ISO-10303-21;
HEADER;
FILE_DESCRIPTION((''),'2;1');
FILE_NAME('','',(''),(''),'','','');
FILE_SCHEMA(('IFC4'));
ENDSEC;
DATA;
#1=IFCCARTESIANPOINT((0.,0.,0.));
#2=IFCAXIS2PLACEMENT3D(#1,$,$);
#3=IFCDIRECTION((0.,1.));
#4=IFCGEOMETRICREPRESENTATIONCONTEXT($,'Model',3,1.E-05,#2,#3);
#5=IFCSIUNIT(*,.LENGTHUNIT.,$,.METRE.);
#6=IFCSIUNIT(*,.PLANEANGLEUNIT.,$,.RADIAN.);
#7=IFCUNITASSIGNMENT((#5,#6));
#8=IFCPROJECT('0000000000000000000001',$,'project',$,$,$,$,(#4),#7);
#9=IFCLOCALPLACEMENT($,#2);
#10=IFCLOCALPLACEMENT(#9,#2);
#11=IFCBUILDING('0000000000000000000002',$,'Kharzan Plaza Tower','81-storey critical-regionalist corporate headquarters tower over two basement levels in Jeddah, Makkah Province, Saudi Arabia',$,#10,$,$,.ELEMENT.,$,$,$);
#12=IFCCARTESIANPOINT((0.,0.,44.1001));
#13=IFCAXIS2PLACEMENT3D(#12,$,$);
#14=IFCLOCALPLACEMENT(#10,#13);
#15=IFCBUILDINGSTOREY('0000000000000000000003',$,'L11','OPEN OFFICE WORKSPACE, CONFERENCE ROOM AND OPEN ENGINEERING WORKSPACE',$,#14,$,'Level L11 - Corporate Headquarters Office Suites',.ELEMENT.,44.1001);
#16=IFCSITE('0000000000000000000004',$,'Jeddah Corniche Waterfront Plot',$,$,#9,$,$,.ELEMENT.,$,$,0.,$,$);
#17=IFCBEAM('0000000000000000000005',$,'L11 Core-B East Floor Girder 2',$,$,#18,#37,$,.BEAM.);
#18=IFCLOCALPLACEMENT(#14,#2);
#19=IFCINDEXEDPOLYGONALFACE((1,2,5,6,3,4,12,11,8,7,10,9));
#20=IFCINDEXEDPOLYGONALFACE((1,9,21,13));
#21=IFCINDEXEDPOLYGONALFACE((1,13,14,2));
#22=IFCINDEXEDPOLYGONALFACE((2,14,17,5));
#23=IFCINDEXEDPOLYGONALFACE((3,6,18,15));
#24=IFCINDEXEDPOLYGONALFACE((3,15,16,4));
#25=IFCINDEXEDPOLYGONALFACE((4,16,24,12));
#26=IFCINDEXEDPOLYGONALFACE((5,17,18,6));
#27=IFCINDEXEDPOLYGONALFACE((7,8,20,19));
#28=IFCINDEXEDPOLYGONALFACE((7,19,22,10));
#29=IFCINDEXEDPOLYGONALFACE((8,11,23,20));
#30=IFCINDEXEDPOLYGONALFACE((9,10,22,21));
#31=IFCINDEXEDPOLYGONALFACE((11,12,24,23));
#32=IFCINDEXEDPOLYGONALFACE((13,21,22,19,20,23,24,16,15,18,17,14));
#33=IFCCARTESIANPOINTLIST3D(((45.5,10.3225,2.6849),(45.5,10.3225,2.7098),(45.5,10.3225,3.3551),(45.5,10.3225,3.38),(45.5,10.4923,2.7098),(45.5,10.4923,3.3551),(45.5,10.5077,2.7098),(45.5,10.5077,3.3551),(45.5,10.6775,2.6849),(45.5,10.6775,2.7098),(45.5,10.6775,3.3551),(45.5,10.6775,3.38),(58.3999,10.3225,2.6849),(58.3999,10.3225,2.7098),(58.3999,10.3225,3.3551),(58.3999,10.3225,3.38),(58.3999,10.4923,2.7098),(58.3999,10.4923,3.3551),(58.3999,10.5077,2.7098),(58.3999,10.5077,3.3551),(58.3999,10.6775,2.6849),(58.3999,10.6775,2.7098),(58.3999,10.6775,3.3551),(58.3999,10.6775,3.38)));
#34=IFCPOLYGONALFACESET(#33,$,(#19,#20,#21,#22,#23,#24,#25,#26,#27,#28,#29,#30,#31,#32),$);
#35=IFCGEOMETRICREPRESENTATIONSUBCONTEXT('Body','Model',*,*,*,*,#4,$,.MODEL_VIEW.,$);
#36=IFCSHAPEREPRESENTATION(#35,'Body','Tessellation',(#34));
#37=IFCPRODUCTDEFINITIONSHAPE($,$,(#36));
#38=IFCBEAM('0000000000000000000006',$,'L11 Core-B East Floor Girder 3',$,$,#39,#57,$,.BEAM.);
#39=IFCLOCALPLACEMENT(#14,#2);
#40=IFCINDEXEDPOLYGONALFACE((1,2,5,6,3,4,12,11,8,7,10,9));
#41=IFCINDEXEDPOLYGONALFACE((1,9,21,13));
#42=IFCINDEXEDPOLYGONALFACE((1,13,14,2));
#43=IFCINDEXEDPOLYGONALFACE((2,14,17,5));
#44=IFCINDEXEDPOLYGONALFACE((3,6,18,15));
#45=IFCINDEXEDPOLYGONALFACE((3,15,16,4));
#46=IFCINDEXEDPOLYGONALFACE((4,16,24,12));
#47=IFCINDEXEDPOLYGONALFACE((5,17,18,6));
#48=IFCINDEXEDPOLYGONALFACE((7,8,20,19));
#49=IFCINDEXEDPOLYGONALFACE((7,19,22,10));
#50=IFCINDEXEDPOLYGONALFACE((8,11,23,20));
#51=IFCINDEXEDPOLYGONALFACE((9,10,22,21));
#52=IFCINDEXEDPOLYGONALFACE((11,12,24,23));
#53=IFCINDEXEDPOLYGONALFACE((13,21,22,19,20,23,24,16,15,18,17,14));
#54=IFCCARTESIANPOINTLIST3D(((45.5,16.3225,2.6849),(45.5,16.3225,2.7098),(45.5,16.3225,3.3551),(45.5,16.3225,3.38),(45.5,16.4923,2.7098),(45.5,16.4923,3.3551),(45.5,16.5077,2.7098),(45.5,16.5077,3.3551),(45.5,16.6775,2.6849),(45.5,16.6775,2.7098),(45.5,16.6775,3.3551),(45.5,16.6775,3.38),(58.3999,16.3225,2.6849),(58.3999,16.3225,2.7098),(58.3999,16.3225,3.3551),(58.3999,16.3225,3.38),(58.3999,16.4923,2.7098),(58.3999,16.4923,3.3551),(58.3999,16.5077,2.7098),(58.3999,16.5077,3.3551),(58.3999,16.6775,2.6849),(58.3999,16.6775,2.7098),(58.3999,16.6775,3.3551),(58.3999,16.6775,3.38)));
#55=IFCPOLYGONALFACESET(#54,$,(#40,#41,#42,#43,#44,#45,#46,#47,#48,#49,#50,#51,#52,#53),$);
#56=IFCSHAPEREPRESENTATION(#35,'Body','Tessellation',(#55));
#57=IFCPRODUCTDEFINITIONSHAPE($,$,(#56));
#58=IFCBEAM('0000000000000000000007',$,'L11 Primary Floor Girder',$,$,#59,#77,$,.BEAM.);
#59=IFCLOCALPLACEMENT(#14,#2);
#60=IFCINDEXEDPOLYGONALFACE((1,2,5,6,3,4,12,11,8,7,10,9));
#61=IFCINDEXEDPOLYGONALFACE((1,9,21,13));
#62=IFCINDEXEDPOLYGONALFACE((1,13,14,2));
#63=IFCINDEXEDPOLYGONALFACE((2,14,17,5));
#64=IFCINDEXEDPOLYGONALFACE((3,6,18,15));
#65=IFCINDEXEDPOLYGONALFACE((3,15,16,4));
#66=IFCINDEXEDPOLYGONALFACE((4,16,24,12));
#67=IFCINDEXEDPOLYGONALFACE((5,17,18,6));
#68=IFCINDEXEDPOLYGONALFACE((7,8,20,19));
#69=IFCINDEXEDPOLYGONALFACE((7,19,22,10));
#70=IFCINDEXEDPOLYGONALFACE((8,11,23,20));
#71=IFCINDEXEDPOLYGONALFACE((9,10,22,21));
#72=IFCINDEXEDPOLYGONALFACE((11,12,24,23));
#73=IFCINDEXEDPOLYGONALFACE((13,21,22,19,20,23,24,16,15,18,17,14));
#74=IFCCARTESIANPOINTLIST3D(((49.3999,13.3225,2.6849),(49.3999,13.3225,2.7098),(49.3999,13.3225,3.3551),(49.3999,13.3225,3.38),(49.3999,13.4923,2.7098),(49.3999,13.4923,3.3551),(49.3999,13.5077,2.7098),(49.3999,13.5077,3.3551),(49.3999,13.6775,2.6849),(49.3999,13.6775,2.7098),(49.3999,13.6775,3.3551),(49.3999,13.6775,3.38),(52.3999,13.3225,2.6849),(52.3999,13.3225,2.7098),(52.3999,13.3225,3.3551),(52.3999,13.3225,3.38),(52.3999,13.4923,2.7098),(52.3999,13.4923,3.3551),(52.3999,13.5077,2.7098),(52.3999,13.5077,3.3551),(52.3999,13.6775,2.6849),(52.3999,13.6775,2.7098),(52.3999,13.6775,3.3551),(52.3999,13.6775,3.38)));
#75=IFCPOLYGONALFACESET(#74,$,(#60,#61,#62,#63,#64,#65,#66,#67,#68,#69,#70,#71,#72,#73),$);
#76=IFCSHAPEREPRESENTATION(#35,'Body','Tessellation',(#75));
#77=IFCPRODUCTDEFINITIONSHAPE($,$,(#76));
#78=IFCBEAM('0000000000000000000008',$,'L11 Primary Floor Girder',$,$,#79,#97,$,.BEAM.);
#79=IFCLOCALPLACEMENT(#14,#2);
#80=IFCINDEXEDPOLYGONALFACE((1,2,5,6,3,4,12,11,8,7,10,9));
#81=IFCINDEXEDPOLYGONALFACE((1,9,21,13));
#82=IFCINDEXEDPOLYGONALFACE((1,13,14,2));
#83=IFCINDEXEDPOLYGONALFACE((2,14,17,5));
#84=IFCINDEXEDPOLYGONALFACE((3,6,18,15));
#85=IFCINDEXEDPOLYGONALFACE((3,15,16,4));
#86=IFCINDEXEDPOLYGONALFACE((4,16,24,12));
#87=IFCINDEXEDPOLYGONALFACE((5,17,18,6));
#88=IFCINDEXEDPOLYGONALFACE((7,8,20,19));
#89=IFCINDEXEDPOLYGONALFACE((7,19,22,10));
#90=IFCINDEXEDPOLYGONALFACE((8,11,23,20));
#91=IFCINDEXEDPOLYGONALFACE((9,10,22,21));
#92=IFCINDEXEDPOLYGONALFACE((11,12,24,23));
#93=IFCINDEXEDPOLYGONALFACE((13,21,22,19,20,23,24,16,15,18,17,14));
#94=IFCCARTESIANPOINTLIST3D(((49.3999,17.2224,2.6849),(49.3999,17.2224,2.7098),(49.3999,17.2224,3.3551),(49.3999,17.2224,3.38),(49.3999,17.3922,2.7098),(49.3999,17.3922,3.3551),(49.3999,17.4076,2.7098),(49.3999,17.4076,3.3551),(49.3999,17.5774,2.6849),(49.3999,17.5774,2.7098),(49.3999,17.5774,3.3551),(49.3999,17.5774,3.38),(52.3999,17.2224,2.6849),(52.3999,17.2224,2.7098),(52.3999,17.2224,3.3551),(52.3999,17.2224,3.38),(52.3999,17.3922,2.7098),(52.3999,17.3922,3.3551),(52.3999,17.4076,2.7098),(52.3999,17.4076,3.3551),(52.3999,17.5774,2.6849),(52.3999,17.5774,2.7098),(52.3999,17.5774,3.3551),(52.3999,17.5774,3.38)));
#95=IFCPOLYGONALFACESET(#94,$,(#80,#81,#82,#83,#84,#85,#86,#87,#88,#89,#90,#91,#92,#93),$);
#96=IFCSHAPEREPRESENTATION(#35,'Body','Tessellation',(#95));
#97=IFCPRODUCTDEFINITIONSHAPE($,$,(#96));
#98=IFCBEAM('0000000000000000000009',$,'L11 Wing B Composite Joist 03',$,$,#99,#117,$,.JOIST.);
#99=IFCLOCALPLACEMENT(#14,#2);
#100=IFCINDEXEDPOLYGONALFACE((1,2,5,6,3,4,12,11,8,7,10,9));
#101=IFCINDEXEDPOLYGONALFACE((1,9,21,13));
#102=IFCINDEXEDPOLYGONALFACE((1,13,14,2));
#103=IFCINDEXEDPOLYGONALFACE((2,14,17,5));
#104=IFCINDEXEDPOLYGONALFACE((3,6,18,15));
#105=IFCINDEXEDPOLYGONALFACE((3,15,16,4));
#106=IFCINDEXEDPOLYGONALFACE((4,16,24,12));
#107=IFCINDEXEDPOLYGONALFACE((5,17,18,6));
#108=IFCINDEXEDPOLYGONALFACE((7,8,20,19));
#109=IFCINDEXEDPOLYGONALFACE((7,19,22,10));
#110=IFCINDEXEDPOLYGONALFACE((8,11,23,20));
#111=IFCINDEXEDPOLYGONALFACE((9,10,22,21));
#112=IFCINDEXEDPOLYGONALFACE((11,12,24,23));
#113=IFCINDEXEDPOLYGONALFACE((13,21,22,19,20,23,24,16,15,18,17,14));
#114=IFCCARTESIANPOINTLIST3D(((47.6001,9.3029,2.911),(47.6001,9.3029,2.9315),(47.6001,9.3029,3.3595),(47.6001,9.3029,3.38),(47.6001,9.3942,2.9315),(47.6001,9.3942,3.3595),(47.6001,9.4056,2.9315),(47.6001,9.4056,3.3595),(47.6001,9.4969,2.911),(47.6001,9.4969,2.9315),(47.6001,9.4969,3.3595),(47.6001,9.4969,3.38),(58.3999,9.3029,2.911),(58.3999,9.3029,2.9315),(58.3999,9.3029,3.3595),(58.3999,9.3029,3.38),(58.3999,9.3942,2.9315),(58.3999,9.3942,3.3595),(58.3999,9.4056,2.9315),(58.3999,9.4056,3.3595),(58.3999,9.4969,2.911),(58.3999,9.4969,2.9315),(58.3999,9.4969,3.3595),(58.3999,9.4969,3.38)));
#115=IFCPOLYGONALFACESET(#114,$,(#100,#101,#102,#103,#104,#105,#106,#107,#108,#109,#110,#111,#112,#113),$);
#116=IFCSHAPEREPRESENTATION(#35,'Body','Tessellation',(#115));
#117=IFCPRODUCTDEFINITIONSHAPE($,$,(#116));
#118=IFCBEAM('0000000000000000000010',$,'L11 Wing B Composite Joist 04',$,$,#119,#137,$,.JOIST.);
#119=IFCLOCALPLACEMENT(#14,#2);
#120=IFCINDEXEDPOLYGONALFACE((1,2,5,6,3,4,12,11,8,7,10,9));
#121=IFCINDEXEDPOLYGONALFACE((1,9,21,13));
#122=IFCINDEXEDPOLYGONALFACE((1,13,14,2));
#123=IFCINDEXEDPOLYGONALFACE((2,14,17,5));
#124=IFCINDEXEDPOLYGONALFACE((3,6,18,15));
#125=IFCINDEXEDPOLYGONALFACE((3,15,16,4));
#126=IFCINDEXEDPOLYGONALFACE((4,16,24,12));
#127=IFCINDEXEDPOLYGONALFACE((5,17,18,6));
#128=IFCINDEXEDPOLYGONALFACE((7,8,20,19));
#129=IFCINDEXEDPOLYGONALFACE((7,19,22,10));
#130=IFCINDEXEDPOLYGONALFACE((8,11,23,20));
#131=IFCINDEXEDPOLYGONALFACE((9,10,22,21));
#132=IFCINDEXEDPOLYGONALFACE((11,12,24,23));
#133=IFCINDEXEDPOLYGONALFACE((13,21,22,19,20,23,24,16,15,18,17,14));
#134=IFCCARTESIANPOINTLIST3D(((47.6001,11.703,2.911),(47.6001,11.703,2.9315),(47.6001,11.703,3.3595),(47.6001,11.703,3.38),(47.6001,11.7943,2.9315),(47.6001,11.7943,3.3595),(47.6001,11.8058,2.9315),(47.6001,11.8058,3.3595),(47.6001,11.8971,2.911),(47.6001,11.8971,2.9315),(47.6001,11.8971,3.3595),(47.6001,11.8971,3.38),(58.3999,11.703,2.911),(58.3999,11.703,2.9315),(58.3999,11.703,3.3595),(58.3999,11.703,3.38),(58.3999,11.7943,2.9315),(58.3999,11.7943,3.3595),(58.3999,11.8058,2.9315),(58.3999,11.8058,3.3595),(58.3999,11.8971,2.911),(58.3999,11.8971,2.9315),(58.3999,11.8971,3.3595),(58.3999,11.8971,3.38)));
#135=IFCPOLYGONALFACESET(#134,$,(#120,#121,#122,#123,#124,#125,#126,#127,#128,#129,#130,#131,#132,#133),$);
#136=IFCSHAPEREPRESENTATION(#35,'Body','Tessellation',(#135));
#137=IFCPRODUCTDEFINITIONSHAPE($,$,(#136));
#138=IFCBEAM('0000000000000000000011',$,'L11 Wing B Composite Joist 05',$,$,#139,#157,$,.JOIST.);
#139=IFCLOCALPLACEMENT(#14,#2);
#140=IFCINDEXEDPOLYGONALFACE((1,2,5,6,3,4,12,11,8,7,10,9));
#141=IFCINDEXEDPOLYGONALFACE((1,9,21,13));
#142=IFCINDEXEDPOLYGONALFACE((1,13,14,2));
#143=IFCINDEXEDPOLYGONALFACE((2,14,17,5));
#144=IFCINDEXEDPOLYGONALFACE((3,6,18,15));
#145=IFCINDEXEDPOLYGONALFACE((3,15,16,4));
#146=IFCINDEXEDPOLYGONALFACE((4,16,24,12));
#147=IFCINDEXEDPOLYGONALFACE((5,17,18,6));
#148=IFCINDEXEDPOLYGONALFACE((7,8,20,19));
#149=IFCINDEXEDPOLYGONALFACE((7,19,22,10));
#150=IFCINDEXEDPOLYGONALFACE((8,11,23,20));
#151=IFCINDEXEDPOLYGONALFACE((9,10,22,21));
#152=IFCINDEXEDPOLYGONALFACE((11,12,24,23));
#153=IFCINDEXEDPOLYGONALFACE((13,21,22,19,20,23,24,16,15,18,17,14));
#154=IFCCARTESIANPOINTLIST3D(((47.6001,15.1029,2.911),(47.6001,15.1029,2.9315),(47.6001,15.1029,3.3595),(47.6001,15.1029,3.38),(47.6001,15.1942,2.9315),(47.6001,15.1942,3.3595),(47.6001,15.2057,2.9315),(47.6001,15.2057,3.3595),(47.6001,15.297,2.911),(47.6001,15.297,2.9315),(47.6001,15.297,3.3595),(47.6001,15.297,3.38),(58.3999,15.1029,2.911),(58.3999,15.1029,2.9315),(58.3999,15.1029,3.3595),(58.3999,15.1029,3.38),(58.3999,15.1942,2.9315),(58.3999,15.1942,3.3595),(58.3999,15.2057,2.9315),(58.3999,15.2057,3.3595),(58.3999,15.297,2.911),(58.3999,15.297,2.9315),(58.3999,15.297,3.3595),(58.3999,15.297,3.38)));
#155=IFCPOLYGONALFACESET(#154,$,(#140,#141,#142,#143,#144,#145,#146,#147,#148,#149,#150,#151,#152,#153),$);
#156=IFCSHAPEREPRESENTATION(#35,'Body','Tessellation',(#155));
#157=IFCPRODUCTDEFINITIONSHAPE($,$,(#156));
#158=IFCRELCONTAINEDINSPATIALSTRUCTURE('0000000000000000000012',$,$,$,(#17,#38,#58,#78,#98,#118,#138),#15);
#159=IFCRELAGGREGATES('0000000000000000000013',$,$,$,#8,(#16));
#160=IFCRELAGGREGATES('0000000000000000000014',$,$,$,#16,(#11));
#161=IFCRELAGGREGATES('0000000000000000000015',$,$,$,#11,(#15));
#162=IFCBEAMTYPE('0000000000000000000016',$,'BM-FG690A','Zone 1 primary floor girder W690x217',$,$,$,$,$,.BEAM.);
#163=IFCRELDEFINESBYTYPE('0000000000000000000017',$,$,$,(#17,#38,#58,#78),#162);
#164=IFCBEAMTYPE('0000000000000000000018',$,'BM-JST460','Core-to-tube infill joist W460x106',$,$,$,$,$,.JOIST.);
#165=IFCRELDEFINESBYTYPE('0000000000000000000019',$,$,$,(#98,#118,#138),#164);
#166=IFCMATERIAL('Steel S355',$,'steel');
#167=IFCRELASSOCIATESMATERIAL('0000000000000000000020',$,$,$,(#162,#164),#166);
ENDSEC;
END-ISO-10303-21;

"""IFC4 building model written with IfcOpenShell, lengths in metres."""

from ifc_helpers import new_model, si_unit, direction, frame, origin, origin_2d, place, context, subcontext, project, spatial, i_section, extrude, source, transform, mapped, material, material_profile, profile_set, type_object, element, save


model = new_model("IFC4")

# Units and contexts
model_context = context("Model", 3, precision=1e-05, world=origin(), true_north=direction((0.0, 1.0)))
body_context = subcontext(model_context, "Body", "Model", "MODEL_VIEW")
ifc_project = project(units=[si_unit("LENGTHUNIT", "METRE"), si_unit("PLANEANGLEUNIT", "RADIAN")], contexts=[model_context])

# Site, building, storey
site_placement = place(None, origin())
site = spatial("IfcSite", under=ifc_project, at=site_placement, Name="Jeddah Corniche Waterfront Plot", CompositionType="ELEMENT", RefElevation=0.0)
building_placement = place(site_placement, origin())
building = spatial("IfcBuilding", under=site, at=building_placement, Name="Kharzan Plaza Tower", Description="81-storey critical-regionalist corporate headquarters tower over two basement levels in Jeddah, Makkah Province, Saudi Arabia", CompositionType="ELEMENT")
storey_placement = place(building_placement, frame((0.0, 0.0, 44.1001)))
storey = spatial("IfcBuildingStorey", under=building, at=storey_placement, Name="L11", Description="OPEN OFFICE WORKSPACE, CONFERENCE ROOM AND OPEN ENGINEERING WORKSPACE", LongName="Level L11 - Corporate Headquarters Office Suites", CompositionType="ELEMENT", Elevation=44.1001)

# Beams
ifc_material_1 = material(Name="Steel S355", Category="steel")
ifc_material_profile_1 = material_profile(ifc_material_1, i_section(OverallWidth=0.355, OverallDepth=0.6951, WebThickness=0.0154, FlangeThickness=0.0249, at=origin_2d()), Name="W690x217")
ifc_profile_set_1 = profile_set([ifc_material_profile_1], Name="Steel S355")
beam_type_1 = type_object("IfcBeamType", Name="BM-FG690A", Description="Zone 1 primary floor girder W690x217", PredefinedType="BEAM", material=ifc_profile_set_1)
shared_shape_1 = source(origin(), body_context, "Body", "SweptSolid", [
    extrude(i_section(OverallWidth=0.355, OverallDepth=0.6951, WebThickness=0.0154, FlangeThickness=0.0249, at=origin_2d()), origin(), (0.0, 0.0, 1.0), 12.8999),
])
for number, where, z_axis, x_axis, name in (
    (1, (45.5, 10.5, 3.0325), (1.0, 0.0, 0.0), (0.0, 1.0, 0.0), "L11 Core-B East Floor Girder 2"),
    (2, (45.5, 16.5, 3.0325), (1.0, 0.0, 0.0), (0.0, 1.0, 0.0), "L11 Core-B East Floor Girder 3"),
):
    element("IfcBeam", number, at=place(storey_placement, frame(where, z_axis=z_axis, x_axis=x_axis)), inside=storey, type_object=beam_type_1, Name=name, PredefinedType="BEAM", context=body_context, shape_type="MappedRepresentation", body=[
        mapped(shared_shape_1, transform((0.0, 0.0, 0.0), x_axis=(1.0, 0.0, 0.0), y_axis=(0.0, 1.0, 0.0), z_axis=(0.0, 0.0, 1.0))),
    ])
shared_shape_2 = source(origin(), body_context, "Body", "SweptSolid", [
    extrude(i_section(OverallWidth=0.355, OverallDepth=0.6951, WebThickness=0.0154, FlangeThickness=0.0249, at=origin_2d()), origin(), (0.0, 0.0, 1.0), 3.0),
])
for number, where, z_axis, x_axis, name in (
    (3, (49.3999, 13.5, 3.0325), (1.0, 0.0, 0.0), (0.0, 1.0, 0.0), "L11 Primary Floor Girder"),
    (4, (49.3999, 17.3999, 3.0325), (1.0, 0.0, 0.0), (0.0, 1.0, 0.0), "L11 Primary Floor Girder"),
):
    element("IfcBeam", number, at=place(storey_placement, frame(where, z_axis=z_axis, x_axis=x_axis)), inside=storey, type_object=beam_type_1, Name=name, PredefinedType="BEAM", context=body_context, shape_type="MappedRepresentation", body=[
        mapped(shared_shape_2, transform((0.0, 0.0, 0.0), x_axis=(1.0, 0.0, 0.0), y_axis=(0.0, 1.0, 0.0), z_axis=(0.0, 0.0, 1.0))),
    ])
ifc_material_profile_2 = material_profile(ifc_material_1, i_section(OverallWidth=0.1941, OverallDepth=0.469, WebThickness=0.0115, FlangeThickness=0.0205, at=origin_2d()), Name="W460x106")
ifc_profile_set_2 = profile_set([ifc_material_profile_2], Name="Steel S355")
beam_type_2 = type_object("IfcBeamType", Name="BM-JST460", Description="Core-to-tube infill joist W460x106", PredefinedType="JOIST", material=ifc_profile_set_2)
shared_shape_3 = source(origin(), body_context, "Body", "SweptSolid", [
    extrude(i_section(OverallWidth=0.1941, OverallDepth=0.469, WebThickness=0.0115, FlangeThickness=0.0205, at=origin_2d()), origin(), (0.0, 0.0, 1.0), 10.7998),
])
for number, where, z_axis, x_axis, name in (
    (5, (47.6001, 9.3999, 3.1455), (1.0, 0.0, 0.0), (0.0, 1.0, 0.0), "L11 Wing B Composite Joist 03"),
    (6, (47.6001, 11.8, 3.1455), (1.0, 0.0, 0.0), (0.0, 1.0, 0.0), "L11 Wing B Composite Joist 04"),
    (7, (47.6001, 15.2, 3.1455), (1.0, 0.0, 0.0), (0.0, 1.0, 0.0), "L11 Wing B Composite Joist 05"),
):
    element("IfcBeam", number, at=place(storey_placement, frame(where, z_axis=z_axis, x_axis=x_axis)), inside=storey, type_object=beam_type_2, Name=name, PredefinedType="JOIST", context=body_context, shape_type="MappedRepresentation", body=[
        mapped(shared_shape_3, transform((0.0, 0.0, 0.0), x_axis=(1.0, 0.0, 0.0), y_axis=(0.0, 1.0, 0.0), z_axis=(0.0, 0.0, 1.0))),
    ])

save(model, "model.ifc")
